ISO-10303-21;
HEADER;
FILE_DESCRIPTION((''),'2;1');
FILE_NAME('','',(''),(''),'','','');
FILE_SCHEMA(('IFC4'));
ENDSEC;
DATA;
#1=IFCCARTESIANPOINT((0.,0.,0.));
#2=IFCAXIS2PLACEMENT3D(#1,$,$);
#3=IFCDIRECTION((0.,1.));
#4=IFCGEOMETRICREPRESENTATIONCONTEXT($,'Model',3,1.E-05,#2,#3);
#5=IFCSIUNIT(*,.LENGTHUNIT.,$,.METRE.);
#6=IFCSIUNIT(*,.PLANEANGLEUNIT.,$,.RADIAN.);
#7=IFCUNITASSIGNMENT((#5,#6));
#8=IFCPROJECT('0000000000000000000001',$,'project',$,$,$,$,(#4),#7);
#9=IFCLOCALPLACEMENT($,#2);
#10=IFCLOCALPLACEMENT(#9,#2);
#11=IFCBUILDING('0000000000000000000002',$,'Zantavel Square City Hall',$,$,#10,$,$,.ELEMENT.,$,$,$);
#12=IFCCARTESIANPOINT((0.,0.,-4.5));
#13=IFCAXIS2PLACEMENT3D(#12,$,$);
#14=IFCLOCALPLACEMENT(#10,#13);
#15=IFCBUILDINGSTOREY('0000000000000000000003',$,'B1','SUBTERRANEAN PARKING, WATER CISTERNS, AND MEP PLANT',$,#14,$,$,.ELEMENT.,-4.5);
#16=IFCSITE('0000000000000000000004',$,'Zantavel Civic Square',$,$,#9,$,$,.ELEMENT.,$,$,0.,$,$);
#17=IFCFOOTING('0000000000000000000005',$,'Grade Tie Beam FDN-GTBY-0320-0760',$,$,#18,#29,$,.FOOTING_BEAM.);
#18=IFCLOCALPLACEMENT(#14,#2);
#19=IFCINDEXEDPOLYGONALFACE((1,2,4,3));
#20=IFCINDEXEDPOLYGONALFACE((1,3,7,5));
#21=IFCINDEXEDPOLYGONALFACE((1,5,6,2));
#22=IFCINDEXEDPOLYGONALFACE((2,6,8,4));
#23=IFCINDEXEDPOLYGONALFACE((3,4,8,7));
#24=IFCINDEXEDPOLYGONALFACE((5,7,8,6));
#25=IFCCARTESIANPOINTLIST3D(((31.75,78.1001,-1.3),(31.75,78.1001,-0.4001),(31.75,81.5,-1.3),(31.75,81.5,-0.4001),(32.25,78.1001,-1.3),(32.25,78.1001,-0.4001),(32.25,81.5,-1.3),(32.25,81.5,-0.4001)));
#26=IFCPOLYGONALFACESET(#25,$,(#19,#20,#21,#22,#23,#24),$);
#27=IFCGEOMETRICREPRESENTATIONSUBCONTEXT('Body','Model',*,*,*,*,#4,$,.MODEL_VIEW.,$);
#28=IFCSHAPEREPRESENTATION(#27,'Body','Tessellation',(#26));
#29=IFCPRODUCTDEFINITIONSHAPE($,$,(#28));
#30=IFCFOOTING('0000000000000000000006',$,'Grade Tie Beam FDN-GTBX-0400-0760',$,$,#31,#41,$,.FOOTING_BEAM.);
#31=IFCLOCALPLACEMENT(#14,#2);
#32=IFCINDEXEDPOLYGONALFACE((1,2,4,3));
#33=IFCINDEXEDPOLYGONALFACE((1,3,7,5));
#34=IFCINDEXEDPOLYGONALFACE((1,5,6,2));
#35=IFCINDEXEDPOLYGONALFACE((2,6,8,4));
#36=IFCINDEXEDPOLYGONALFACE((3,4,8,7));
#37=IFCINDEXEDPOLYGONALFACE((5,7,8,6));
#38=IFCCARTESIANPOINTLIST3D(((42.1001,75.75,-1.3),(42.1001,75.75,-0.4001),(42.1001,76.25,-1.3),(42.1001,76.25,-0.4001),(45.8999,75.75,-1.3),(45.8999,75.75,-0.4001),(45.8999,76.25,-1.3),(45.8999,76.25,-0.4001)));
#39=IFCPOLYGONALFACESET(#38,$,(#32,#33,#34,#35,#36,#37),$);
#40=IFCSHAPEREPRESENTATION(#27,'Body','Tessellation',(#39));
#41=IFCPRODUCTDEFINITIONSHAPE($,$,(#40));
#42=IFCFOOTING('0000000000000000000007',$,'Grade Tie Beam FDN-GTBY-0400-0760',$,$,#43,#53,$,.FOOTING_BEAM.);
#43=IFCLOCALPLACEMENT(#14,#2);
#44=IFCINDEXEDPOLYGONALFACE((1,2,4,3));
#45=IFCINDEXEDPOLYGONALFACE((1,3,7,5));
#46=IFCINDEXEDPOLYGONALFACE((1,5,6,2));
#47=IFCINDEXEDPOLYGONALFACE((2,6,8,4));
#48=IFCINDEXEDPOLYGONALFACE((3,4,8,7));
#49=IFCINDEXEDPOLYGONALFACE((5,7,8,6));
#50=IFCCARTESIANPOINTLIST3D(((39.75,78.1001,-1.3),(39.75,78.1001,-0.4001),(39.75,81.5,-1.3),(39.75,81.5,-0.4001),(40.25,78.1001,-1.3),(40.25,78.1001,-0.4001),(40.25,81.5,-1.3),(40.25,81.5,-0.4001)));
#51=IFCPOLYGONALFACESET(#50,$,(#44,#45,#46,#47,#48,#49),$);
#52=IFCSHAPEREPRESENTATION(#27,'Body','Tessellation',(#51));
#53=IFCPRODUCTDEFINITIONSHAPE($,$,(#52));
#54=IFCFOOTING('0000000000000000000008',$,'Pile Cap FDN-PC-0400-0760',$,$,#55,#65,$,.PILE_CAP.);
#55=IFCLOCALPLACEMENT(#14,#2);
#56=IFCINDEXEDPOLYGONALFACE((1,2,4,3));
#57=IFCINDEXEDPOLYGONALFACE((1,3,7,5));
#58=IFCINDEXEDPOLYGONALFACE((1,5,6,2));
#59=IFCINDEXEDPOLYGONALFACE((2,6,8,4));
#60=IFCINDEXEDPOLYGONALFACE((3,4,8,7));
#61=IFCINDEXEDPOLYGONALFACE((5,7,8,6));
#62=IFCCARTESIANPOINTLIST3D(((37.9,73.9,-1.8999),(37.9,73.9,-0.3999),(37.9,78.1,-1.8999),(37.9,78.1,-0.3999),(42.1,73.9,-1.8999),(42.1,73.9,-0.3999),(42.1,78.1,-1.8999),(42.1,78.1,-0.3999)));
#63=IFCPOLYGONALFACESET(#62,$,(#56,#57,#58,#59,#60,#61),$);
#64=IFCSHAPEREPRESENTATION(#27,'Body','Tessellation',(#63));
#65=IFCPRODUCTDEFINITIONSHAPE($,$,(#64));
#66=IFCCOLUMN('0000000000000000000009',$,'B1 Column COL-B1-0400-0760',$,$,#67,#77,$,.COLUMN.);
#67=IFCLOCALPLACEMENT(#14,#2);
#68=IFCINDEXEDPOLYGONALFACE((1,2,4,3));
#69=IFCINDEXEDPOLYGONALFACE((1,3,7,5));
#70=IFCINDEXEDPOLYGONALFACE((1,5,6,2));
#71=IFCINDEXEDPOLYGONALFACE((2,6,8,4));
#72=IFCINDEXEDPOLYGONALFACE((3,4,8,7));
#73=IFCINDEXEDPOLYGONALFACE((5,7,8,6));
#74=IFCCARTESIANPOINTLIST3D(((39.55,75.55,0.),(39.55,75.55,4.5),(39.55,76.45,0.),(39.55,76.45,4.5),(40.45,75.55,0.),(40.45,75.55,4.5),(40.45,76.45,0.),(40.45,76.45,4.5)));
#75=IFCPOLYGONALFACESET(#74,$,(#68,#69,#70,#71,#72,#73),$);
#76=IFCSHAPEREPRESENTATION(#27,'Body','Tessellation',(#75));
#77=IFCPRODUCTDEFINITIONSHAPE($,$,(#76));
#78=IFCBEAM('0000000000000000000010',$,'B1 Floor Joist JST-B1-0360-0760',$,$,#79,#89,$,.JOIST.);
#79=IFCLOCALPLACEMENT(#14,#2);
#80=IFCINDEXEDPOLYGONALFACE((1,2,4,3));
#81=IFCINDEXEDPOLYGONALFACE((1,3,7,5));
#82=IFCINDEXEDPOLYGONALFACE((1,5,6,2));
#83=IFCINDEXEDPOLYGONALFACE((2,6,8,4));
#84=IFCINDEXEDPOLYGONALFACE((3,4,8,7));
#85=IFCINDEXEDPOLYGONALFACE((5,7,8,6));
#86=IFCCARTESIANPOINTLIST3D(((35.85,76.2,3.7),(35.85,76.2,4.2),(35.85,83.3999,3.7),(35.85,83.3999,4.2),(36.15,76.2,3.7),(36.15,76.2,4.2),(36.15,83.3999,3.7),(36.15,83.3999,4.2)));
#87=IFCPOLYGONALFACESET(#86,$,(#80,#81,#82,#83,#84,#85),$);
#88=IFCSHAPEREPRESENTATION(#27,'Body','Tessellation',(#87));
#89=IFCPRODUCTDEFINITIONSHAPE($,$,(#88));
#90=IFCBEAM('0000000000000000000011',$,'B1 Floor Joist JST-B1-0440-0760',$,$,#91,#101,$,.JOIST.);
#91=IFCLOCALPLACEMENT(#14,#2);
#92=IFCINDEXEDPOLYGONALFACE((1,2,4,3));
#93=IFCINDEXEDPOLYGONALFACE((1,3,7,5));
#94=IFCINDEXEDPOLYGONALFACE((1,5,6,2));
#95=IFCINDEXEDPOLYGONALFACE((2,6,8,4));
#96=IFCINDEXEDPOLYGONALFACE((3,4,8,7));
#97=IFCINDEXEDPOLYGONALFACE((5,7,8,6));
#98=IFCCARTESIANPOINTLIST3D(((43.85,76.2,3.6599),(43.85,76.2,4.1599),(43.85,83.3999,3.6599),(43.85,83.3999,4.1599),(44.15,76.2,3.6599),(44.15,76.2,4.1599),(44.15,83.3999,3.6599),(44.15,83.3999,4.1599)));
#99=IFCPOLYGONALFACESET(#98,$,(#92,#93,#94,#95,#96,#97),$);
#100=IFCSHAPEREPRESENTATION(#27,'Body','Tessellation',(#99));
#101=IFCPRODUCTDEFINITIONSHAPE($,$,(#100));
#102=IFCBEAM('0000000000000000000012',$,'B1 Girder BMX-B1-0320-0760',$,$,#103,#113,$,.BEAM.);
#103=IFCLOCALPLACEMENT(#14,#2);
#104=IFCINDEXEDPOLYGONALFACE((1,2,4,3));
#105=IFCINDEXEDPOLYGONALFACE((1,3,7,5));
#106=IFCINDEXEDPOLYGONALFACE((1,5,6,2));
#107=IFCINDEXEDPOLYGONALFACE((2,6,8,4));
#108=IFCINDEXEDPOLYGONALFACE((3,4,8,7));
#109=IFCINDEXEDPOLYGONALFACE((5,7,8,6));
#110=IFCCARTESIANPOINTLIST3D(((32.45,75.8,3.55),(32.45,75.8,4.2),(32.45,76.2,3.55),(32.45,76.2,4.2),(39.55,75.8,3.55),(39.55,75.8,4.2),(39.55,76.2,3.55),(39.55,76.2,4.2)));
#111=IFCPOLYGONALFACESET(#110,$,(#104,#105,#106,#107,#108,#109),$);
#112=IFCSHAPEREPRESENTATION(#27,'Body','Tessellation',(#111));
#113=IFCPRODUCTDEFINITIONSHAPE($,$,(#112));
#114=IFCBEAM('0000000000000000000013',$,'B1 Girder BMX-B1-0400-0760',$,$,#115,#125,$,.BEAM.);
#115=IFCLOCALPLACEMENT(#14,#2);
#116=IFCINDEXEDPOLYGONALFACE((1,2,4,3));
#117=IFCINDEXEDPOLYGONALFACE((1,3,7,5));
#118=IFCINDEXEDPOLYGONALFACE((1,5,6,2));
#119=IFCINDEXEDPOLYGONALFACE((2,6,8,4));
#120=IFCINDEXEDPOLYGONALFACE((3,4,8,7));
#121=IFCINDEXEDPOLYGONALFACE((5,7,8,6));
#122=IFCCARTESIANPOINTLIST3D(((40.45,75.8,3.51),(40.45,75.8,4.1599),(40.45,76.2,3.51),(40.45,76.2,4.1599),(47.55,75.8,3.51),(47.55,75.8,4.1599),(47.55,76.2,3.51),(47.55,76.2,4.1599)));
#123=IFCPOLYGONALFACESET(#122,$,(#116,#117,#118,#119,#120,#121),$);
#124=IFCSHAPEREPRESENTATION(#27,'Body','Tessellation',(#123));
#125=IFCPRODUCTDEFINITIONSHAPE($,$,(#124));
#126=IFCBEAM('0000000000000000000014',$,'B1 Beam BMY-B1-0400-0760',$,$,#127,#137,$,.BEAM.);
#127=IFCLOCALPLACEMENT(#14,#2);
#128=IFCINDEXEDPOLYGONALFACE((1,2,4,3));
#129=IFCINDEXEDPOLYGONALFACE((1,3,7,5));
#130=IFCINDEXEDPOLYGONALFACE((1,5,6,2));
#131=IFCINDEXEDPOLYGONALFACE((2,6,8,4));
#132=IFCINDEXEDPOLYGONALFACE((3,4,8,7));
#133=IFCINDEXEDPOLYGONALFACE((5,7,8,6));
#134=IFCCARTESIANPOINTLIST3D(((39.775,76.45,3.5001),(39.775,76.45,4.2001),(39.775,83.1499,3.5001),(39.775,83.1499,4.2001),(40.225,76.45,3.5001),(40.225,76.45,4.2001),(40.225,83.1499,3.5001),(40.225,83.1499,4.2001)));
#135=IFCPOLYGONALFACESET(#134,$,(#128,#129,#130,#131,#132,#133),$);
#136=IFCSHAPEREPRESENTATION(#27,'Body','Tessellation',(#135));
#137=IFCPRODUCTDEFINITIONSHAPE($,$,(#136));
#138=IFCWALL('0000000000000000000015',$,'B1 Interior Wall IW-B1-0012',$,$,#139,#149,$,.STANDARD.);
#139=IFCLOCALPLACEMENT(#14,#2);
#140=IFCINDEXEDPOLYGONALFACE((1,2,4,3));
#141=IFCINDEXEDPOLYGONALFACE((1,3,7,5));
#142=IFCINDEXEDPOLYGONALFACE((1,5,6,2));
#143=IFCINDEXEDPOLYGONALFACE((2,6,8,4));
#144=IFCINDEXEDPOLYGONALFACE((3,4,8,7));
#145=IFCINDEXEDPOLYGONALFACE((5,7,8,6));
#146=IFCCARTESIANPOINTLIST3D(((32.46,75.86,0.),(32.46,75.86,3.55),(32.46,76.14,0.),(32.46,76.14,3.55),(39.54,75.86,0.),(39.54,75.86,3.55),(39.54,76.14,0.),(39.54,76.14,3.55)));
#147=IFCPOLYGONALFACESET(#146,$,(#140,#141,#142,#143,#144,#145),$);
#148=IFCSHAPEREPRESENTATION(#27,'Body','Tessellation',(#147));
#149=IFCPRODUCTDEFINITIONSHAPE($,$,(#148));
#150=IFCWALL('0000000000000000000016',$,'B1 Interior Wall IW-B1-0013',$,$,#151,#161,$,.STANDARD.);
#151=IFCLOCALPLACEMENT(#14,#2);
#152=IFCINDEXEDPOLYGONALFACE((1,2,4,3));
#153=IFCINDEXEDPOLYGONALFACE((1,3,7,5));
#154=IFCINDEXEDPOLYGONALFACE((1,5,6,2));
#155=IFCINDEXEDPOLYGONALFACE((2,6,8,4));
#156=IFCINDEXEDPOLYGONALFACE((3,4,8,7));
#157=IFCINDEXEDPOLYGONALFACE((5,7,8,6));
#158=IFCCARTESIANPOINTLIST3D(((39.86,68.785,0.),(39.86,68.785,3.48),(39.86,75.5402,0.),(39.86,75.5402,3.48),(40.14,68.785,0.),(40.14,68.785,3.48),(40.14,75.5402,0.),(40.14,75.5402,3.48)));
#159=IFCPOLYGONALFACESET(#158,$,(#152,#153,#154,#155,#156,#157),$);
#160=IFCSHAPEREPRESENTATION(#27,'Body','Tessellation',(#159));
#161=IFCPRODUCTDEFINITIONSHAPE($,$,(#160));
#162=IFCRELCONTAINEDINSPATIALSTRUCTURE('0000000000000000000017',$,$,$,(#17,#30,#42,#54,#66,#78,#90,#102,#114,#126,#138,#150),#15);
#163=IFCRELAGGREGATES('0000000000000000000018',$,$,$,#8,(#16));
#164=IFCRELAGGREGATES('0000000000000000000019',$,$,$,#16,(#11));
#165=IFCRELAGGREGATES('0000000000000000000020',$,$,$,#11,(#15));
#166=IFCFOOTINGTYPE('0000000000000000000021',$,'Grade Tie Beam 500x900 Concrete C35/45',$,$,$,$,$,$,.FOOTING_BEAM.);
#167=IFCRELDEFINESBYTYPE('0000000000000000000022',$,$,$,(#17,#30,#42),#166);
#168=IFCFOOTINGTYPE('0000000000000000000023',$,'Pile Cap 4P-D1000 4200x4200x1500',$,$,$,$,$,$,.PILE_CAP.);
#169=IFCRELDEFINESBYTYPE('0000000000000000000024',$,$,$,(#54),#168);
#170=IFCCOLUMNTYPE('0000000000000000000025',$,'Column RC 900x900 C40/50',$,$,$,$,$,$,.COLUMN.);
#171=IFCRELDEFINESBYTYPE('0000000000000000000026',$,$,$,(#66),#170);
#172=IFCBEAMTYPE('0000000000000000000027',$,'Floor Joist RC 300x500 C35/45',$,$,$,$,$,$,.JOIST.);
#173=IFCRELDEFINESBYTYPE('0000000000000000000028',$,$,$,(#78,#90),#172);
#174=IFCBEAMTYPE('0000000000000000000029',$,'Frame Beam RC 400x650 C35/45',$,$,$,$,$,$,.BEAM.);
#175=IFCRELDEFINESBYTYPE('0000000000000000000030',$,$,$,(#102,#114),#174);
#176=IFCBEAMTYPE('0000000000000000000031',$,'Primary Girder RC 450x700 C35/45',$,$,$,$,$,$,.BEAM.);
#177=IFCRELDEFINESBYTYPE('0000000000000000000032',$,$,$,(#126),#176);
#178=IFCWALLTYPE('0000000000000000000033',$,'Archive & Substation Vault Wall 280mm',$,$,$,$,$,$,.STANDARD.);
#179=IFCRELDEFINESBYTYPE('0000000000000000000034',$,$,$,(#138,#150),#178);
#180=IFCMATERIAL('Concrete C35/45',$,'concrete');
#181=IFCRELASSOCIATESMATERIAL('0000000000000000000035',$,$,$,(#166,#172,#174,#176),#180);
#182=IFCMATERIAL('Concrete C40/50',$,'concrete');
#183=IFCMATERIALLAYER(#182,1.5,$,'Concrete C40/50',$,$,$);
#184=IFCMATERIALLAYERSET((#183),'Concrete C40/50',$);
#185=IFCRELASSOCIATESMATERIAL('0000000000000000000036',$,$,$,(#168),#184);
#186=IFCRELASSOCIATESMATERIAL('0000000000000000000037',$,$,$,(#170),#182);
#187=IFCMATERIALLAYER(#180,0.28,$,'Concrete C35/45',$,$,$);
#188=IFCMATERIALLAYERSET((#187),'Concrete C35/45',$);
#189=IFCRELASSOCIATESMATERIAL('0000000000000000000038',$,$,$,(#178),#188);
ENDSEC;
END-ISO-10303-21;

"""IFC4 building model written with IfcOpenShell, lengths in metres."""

from ifc_helpers import new_model, si_unit, direction, frame, frame_2d, origin, origin_2d, place, context, subcontext, project, spatial, rectangle, extrude, material, layer, layer_set, material_profile, profile_set, type_object, element, save


model = new_model("IFC4")

# Units and contexts
model_context = context("Model", 3, precision=1e-05, world=origin(), true_north=direction((0.0, 1.0)))
body_context = subcontext(model_context, "Body", "Model", "MODEL_VIEW")
ifc_project = project(units=[si_unit("LENGTHUNIT", "METRE"), si_unit("PLANEANGLEUNIT", "RADIAN")], contexts=[model_context])

# Site, building, storey
site_placement = place(None, origin())
site = spatial("IfcSite", under=ifc_project, at=site_placement, Name="Zantavel Civic Square", CompositionType="ELEMENT", RefElevation=0.0)
building_placement = place(site_placement, origin())
building = spatial("IfcBuilding", under=site, at=building_placement, Name="Zantavel Square City Hall", CompositionType="ELEMENT")
storey_placement = place(building_placement, frame((0.0, 0.0, -4.5)))
storey = spatial("IfcBuildingStorey", under=building, at=storey_placement, Name="B1", Description="SUBTERRANEAN PARKING, WATER CISTERNS, AND MEP PLANT", CompositionType="ELEMENT", Elevation=-4.5)

# Shared definitions
ifc_material_1 = material(Name="Concrete C35/45", Category="concrete")

# Footings
ifc_material_profile_1 = material_profile(ifc_material_1, rectangle(XDim=0.5, YDim=0.8999, at=origin_2d()), Name="RC 500x900")
ifc_profile_set_1 = profile_set([ifc_material_profile_1], Name="Concrete C35/45")
footing_type_1 = type_object("IfcFootingType", Name="Grade Tie Beam 500x900 Concrete C35/45", PredefinedType="FOOTING_BEAM", material=ifc_profile_set_1)
footing_1_placement = place(storey_placement, frame((32.0, 78.1001, -0.8501), z_axis=(0.0, 1.0, 0.0), x_axis=(-1.0, 0.0, 0.0)))
element("IfcFooting", 1, at=footing_1_placement, inside=storey, type_object=footing_type_1, Name="Grade Tie Beam FDN-GTBY-0320-0760", PredefinedType="FOOTING_BEAM", context=body_context, shape_type="SweptSolid", body=[
    extrude(rectangle(XDim=0.5, YDim=0.8999, at=origin_2d()), origin(), (0.0, 0.0, 1.0), 3.3999),
])
footing_2_placement = place(storey_placement, frame((42.1001, 76.0, -0.8501), z_axis=(1.0, 0.0, 0.0), x_axis=(0.0, 1.0, 0.0)))
element("IfcFooting", 2, at=footing_2_placement, inside=storey, type_object=footing_type_1, Name="Grade Tie Beam FDN-GTBX-0400-0760", PredefinedType="FOOTING_BEAM", context=body_context, shape_type="SweptSolid", body=[
    extrude(rectangle(XDim=0.5, YDim=0.8999, at=origin_2d()), origin(), (0.0, 0.0, 1.0), 3.7998),
])
footing_3_placement = place(storey_placement, frame((40.0, 78.1001, -0.8501), z_axis=(0.0, 1.0, 0.0), x_axis=(-1.0, 0.0, 0.0)))
element("IfcFooting", 3, at=footing_3_placement, inside=storey, type_object=footing_type_1, Name="Grade Tie Beam FDN-GTBY-0400-0760", PredefinedType="FOOTING_BEAM", context=body_context, shape_type="SweptSolid", body=[
    extrude(rectangle(XDim=0.5, YDim=0.8999, at=origin_2d()), origin(), (0.0, 0.0, 1.0), 3.3999),
])
ifc_material_2 = material(Name="Concrete C40/50", Category="concrete")
ifc_layer_1 = layer(ifc_material_2, 1.5, Name="Concrete C40/50")
ifc_layer_set_1 = layer_set([ifc_layer_1], Name="Concrete C40/50")
footing_type_2 = type_object("IfcFootingType", Name="Pile Cap 4P-D1000 4200x4200x1500", PredefinedType="PILE_CAP", material=ifc_layer_set_1)
footing_4_placement = place(storey_placement, frame((40.0, 76.0, -1.8999), z_axis=(0.0, 0.0, 1.0), x_axis=(1.0, 0.0, 0.0)))
element("IfcFooting", 4, at=footing_4_placement, inside=storey, type_object=footing_type_2, Name="Pile Cap FDN-PC-0400-0760", PredefinedType="PILE_CAP", context=body_context, shape_type="SweptSolid", body=[
    extrude(rectangle(XDim=4.2, YDim=4.2, at=origin_2d()), origin(), (0.0, 0.0, 1.0), 1.5),
])

# Column
ifc_material_profile_2 = material_profile(ifc_material_2, rectangle(XDim=0.8999, YDim=0.8999, at=origin_2d()), Name="RC 900x900")
ifc_profile_set_2 = profile_set([ifc_material_profile_2], Name="Concrete C40/50")
column_type = type_object("IfcColumnType", Name="Column RC 900x900 C40/50", PredefinedType="COLUMN", material=ifc_profile_set_2)
column_placement = place(storey_placement, frame((40.0, 76.0, 0.0), z_axis=(0.0, 0.0, 1.0), x_axis=(1.0, 0.0, 0.0)))
element("IfcColumn", 5, at=column_placement, inside=storey, type_object=column_type, Name="B1 Column COL-B1-0400-0760", PredefinedType="COLUMN", context=body_context, shape_type="SweptSolid", body=[
    extrude(rectangle(XDim=0.8999, YDim=0.8999, at=origin_2d()), origin(), (0.0, 0.0, 1.0), 4.5),
])

# Beams
ifc_material_profile_3 = material_profile(ifc_material_1, rectangle(XDim=0.3, YDim=0.5, at=origin_2d()), Name="RC 300x500")
ifc_profile_set_3 = profile_set([ifc_material_profile_3], Name="Concrete C35/45")
beam_type_1 = type_object("IfcBeamType", Name="Floor Joist RC 300x500 C35/45", PredefinedType="JOIST", material=ifc_profile_set_3)
for number, where, z_axis, x_axis, name in (
    (6, (36.0, 76.2, 3.95), (0.0, 1.0, 0.0), (-1.0, 0.0, 0.0), "B1 Floor Joist JST-B1-0360-0760"),
    (7, (44.0, 76.2, 3.9099), (0.0, 1.0, 0.0), (-1.0, 0.0, 0.0), "B1 Floor Joist JST-B1-0440-0760"),
):
    element("IfcBeam", number, at=place(storey_placement, frame(where, z_axis=z_axis, x_axis=x_axis)), inside=storey, type_object=beam_type_1, Name=name, PredefinedType="JOIST", context=body_context, shape_type="SweptSolid", body=[
        extrude(rectangle(XDim=0.3, YDim=0.5, at=origin_2d()), origin(), (0.0, 0.0, 1.0), 7.2),
    ])
ifc_material_profile_4 = material_profile(ifc_material_1, rectangle(XDim=0.3999, YDim=0.6499, at=origin_2d()), Name="RC 400x650")
ifc_profile_set_4 = profile_set([ifc_material_profile_4], Name="Concrete C35/45")
beam_type_2 = type_object("IfcBeamType", Name="Frame Beam RC 400x650 C35/45", PredefinedType="BEAM", material=ifc_profile_set_4)
for number, where, z_axis, x_axis, name in (
    (8, (32.45, 76.0, 3.875), (1.0, 0.0, 0.0), (0.0, 1.0, 0.0), "B1 Girder BMX-B1-0320-0760"),
    (9, (40.45, 76.0, 3.835), (1.0, 0.0, 0.0), (0.0, 1.0, 0.0), "B1 Girder BMX-B1-0400-0760"),
):
    element("IfcBeam", number, at=place(storey_placement, frame(where, z_axis=z_axis, x_axis=x_axis)), inside=storey, type_object=beam_type_2, Name=name, PredefinedType="BEAM", context=body_context, shape_type="SweptSolid", body=[
        extrude(rectangle(XDim=0.3999, YDim=0.6499, at=origin_2d()), origin(), (0.0, 0.0, 1.0), 7.1001),
    ])
ifc_material_profile_5 = material_profile(ifc_material_1, rectangle(XDim=0.45, YDim=0.7, at=origin_2d()), Name="RC 450x700")
ifc_profile_set_5 = profile_set([ifc_material_profile_5], Name="Concrete C35/45")
beam_type_3 = type_object("IfcBeamType", Name="Primary Girder RC 450x700 C35/45", PredefinedType="BEAM", material=ifc_profile_set_5)
beam_placement = place(storey_placement, frame((40.0, 76.45, 3.8501), z_axis=(0.0, 1.0, 0.0), x_axis=(-1.0, 0.0, 0.0)))
element("IfcBeam", 10, at=beam_placement, inside=storey, type_object=beam_type_3, Name="B1 Beam BMY-B1-0400-0760", PredefinedType="BEAM", context=body_context, shape_type="SweptSolid", body=[
    extrude(rectangle(XDim=0.45, YDim=0.7, at=origin_2d()), origin(), (0.0, 0.0, 1.0), 6.7),
])

# Walls
ifc_layer_2 = layer(ifc_material_1, 0.28, Name="Concrete C35/45")
ifc_layer_set_2 = layer_set([ifc_layer_2], Name="Concrete C35/45")
wall_type = type_object("IfcWallType", Name="Archive & Substation Vault Wall 280mm", PredefinedType="STANDARD", material=ifc_layer_set_2)
wall_1_placement = place(storey_placement, frame((32.46, 76.0, 0.0), z_axis=(0.0, 0.0, 1.0), x_axis=(1.0, 0.0, 0.0)))
element("IfcWall", 11, at=wall_1_placement, inside=storey, type_object=wall_type, Name="B1 Interior Wall IW-B1-0012", PredefinedType="STANDARD", context=body_context, shape_type="SweptSolid", body=[
    extrude(rectangle(XDim=7.0801, YDim=0.28, at=frame_2d((3.54, 0.0))), origin(), (0.0, 0.0, 1.0), 3.55),
])
wall_2_placement = place(storey_placement, frame((40.0, 75.54, 0.0), z_axis=(0.0, 0.0, 1.0), x_axis=(0.0, -1.0, 0.0)))
element("IfcWall", 12, at=wall_2_placement, inside=storey, type_object=wall_type, Name="B1 Interior Wall IW-B1-0013", PredefinedType="STANDARD", context=body_context, shape_type="SweptSolid", body=[
    extrude(rectangle(XDim=6.7551, YDim=0.28, at=frame_2d((3.3774, 0.0))), origin(), (0.0, 0.0, 1.0), 3.48),
])

save(model, "model.ifc")
